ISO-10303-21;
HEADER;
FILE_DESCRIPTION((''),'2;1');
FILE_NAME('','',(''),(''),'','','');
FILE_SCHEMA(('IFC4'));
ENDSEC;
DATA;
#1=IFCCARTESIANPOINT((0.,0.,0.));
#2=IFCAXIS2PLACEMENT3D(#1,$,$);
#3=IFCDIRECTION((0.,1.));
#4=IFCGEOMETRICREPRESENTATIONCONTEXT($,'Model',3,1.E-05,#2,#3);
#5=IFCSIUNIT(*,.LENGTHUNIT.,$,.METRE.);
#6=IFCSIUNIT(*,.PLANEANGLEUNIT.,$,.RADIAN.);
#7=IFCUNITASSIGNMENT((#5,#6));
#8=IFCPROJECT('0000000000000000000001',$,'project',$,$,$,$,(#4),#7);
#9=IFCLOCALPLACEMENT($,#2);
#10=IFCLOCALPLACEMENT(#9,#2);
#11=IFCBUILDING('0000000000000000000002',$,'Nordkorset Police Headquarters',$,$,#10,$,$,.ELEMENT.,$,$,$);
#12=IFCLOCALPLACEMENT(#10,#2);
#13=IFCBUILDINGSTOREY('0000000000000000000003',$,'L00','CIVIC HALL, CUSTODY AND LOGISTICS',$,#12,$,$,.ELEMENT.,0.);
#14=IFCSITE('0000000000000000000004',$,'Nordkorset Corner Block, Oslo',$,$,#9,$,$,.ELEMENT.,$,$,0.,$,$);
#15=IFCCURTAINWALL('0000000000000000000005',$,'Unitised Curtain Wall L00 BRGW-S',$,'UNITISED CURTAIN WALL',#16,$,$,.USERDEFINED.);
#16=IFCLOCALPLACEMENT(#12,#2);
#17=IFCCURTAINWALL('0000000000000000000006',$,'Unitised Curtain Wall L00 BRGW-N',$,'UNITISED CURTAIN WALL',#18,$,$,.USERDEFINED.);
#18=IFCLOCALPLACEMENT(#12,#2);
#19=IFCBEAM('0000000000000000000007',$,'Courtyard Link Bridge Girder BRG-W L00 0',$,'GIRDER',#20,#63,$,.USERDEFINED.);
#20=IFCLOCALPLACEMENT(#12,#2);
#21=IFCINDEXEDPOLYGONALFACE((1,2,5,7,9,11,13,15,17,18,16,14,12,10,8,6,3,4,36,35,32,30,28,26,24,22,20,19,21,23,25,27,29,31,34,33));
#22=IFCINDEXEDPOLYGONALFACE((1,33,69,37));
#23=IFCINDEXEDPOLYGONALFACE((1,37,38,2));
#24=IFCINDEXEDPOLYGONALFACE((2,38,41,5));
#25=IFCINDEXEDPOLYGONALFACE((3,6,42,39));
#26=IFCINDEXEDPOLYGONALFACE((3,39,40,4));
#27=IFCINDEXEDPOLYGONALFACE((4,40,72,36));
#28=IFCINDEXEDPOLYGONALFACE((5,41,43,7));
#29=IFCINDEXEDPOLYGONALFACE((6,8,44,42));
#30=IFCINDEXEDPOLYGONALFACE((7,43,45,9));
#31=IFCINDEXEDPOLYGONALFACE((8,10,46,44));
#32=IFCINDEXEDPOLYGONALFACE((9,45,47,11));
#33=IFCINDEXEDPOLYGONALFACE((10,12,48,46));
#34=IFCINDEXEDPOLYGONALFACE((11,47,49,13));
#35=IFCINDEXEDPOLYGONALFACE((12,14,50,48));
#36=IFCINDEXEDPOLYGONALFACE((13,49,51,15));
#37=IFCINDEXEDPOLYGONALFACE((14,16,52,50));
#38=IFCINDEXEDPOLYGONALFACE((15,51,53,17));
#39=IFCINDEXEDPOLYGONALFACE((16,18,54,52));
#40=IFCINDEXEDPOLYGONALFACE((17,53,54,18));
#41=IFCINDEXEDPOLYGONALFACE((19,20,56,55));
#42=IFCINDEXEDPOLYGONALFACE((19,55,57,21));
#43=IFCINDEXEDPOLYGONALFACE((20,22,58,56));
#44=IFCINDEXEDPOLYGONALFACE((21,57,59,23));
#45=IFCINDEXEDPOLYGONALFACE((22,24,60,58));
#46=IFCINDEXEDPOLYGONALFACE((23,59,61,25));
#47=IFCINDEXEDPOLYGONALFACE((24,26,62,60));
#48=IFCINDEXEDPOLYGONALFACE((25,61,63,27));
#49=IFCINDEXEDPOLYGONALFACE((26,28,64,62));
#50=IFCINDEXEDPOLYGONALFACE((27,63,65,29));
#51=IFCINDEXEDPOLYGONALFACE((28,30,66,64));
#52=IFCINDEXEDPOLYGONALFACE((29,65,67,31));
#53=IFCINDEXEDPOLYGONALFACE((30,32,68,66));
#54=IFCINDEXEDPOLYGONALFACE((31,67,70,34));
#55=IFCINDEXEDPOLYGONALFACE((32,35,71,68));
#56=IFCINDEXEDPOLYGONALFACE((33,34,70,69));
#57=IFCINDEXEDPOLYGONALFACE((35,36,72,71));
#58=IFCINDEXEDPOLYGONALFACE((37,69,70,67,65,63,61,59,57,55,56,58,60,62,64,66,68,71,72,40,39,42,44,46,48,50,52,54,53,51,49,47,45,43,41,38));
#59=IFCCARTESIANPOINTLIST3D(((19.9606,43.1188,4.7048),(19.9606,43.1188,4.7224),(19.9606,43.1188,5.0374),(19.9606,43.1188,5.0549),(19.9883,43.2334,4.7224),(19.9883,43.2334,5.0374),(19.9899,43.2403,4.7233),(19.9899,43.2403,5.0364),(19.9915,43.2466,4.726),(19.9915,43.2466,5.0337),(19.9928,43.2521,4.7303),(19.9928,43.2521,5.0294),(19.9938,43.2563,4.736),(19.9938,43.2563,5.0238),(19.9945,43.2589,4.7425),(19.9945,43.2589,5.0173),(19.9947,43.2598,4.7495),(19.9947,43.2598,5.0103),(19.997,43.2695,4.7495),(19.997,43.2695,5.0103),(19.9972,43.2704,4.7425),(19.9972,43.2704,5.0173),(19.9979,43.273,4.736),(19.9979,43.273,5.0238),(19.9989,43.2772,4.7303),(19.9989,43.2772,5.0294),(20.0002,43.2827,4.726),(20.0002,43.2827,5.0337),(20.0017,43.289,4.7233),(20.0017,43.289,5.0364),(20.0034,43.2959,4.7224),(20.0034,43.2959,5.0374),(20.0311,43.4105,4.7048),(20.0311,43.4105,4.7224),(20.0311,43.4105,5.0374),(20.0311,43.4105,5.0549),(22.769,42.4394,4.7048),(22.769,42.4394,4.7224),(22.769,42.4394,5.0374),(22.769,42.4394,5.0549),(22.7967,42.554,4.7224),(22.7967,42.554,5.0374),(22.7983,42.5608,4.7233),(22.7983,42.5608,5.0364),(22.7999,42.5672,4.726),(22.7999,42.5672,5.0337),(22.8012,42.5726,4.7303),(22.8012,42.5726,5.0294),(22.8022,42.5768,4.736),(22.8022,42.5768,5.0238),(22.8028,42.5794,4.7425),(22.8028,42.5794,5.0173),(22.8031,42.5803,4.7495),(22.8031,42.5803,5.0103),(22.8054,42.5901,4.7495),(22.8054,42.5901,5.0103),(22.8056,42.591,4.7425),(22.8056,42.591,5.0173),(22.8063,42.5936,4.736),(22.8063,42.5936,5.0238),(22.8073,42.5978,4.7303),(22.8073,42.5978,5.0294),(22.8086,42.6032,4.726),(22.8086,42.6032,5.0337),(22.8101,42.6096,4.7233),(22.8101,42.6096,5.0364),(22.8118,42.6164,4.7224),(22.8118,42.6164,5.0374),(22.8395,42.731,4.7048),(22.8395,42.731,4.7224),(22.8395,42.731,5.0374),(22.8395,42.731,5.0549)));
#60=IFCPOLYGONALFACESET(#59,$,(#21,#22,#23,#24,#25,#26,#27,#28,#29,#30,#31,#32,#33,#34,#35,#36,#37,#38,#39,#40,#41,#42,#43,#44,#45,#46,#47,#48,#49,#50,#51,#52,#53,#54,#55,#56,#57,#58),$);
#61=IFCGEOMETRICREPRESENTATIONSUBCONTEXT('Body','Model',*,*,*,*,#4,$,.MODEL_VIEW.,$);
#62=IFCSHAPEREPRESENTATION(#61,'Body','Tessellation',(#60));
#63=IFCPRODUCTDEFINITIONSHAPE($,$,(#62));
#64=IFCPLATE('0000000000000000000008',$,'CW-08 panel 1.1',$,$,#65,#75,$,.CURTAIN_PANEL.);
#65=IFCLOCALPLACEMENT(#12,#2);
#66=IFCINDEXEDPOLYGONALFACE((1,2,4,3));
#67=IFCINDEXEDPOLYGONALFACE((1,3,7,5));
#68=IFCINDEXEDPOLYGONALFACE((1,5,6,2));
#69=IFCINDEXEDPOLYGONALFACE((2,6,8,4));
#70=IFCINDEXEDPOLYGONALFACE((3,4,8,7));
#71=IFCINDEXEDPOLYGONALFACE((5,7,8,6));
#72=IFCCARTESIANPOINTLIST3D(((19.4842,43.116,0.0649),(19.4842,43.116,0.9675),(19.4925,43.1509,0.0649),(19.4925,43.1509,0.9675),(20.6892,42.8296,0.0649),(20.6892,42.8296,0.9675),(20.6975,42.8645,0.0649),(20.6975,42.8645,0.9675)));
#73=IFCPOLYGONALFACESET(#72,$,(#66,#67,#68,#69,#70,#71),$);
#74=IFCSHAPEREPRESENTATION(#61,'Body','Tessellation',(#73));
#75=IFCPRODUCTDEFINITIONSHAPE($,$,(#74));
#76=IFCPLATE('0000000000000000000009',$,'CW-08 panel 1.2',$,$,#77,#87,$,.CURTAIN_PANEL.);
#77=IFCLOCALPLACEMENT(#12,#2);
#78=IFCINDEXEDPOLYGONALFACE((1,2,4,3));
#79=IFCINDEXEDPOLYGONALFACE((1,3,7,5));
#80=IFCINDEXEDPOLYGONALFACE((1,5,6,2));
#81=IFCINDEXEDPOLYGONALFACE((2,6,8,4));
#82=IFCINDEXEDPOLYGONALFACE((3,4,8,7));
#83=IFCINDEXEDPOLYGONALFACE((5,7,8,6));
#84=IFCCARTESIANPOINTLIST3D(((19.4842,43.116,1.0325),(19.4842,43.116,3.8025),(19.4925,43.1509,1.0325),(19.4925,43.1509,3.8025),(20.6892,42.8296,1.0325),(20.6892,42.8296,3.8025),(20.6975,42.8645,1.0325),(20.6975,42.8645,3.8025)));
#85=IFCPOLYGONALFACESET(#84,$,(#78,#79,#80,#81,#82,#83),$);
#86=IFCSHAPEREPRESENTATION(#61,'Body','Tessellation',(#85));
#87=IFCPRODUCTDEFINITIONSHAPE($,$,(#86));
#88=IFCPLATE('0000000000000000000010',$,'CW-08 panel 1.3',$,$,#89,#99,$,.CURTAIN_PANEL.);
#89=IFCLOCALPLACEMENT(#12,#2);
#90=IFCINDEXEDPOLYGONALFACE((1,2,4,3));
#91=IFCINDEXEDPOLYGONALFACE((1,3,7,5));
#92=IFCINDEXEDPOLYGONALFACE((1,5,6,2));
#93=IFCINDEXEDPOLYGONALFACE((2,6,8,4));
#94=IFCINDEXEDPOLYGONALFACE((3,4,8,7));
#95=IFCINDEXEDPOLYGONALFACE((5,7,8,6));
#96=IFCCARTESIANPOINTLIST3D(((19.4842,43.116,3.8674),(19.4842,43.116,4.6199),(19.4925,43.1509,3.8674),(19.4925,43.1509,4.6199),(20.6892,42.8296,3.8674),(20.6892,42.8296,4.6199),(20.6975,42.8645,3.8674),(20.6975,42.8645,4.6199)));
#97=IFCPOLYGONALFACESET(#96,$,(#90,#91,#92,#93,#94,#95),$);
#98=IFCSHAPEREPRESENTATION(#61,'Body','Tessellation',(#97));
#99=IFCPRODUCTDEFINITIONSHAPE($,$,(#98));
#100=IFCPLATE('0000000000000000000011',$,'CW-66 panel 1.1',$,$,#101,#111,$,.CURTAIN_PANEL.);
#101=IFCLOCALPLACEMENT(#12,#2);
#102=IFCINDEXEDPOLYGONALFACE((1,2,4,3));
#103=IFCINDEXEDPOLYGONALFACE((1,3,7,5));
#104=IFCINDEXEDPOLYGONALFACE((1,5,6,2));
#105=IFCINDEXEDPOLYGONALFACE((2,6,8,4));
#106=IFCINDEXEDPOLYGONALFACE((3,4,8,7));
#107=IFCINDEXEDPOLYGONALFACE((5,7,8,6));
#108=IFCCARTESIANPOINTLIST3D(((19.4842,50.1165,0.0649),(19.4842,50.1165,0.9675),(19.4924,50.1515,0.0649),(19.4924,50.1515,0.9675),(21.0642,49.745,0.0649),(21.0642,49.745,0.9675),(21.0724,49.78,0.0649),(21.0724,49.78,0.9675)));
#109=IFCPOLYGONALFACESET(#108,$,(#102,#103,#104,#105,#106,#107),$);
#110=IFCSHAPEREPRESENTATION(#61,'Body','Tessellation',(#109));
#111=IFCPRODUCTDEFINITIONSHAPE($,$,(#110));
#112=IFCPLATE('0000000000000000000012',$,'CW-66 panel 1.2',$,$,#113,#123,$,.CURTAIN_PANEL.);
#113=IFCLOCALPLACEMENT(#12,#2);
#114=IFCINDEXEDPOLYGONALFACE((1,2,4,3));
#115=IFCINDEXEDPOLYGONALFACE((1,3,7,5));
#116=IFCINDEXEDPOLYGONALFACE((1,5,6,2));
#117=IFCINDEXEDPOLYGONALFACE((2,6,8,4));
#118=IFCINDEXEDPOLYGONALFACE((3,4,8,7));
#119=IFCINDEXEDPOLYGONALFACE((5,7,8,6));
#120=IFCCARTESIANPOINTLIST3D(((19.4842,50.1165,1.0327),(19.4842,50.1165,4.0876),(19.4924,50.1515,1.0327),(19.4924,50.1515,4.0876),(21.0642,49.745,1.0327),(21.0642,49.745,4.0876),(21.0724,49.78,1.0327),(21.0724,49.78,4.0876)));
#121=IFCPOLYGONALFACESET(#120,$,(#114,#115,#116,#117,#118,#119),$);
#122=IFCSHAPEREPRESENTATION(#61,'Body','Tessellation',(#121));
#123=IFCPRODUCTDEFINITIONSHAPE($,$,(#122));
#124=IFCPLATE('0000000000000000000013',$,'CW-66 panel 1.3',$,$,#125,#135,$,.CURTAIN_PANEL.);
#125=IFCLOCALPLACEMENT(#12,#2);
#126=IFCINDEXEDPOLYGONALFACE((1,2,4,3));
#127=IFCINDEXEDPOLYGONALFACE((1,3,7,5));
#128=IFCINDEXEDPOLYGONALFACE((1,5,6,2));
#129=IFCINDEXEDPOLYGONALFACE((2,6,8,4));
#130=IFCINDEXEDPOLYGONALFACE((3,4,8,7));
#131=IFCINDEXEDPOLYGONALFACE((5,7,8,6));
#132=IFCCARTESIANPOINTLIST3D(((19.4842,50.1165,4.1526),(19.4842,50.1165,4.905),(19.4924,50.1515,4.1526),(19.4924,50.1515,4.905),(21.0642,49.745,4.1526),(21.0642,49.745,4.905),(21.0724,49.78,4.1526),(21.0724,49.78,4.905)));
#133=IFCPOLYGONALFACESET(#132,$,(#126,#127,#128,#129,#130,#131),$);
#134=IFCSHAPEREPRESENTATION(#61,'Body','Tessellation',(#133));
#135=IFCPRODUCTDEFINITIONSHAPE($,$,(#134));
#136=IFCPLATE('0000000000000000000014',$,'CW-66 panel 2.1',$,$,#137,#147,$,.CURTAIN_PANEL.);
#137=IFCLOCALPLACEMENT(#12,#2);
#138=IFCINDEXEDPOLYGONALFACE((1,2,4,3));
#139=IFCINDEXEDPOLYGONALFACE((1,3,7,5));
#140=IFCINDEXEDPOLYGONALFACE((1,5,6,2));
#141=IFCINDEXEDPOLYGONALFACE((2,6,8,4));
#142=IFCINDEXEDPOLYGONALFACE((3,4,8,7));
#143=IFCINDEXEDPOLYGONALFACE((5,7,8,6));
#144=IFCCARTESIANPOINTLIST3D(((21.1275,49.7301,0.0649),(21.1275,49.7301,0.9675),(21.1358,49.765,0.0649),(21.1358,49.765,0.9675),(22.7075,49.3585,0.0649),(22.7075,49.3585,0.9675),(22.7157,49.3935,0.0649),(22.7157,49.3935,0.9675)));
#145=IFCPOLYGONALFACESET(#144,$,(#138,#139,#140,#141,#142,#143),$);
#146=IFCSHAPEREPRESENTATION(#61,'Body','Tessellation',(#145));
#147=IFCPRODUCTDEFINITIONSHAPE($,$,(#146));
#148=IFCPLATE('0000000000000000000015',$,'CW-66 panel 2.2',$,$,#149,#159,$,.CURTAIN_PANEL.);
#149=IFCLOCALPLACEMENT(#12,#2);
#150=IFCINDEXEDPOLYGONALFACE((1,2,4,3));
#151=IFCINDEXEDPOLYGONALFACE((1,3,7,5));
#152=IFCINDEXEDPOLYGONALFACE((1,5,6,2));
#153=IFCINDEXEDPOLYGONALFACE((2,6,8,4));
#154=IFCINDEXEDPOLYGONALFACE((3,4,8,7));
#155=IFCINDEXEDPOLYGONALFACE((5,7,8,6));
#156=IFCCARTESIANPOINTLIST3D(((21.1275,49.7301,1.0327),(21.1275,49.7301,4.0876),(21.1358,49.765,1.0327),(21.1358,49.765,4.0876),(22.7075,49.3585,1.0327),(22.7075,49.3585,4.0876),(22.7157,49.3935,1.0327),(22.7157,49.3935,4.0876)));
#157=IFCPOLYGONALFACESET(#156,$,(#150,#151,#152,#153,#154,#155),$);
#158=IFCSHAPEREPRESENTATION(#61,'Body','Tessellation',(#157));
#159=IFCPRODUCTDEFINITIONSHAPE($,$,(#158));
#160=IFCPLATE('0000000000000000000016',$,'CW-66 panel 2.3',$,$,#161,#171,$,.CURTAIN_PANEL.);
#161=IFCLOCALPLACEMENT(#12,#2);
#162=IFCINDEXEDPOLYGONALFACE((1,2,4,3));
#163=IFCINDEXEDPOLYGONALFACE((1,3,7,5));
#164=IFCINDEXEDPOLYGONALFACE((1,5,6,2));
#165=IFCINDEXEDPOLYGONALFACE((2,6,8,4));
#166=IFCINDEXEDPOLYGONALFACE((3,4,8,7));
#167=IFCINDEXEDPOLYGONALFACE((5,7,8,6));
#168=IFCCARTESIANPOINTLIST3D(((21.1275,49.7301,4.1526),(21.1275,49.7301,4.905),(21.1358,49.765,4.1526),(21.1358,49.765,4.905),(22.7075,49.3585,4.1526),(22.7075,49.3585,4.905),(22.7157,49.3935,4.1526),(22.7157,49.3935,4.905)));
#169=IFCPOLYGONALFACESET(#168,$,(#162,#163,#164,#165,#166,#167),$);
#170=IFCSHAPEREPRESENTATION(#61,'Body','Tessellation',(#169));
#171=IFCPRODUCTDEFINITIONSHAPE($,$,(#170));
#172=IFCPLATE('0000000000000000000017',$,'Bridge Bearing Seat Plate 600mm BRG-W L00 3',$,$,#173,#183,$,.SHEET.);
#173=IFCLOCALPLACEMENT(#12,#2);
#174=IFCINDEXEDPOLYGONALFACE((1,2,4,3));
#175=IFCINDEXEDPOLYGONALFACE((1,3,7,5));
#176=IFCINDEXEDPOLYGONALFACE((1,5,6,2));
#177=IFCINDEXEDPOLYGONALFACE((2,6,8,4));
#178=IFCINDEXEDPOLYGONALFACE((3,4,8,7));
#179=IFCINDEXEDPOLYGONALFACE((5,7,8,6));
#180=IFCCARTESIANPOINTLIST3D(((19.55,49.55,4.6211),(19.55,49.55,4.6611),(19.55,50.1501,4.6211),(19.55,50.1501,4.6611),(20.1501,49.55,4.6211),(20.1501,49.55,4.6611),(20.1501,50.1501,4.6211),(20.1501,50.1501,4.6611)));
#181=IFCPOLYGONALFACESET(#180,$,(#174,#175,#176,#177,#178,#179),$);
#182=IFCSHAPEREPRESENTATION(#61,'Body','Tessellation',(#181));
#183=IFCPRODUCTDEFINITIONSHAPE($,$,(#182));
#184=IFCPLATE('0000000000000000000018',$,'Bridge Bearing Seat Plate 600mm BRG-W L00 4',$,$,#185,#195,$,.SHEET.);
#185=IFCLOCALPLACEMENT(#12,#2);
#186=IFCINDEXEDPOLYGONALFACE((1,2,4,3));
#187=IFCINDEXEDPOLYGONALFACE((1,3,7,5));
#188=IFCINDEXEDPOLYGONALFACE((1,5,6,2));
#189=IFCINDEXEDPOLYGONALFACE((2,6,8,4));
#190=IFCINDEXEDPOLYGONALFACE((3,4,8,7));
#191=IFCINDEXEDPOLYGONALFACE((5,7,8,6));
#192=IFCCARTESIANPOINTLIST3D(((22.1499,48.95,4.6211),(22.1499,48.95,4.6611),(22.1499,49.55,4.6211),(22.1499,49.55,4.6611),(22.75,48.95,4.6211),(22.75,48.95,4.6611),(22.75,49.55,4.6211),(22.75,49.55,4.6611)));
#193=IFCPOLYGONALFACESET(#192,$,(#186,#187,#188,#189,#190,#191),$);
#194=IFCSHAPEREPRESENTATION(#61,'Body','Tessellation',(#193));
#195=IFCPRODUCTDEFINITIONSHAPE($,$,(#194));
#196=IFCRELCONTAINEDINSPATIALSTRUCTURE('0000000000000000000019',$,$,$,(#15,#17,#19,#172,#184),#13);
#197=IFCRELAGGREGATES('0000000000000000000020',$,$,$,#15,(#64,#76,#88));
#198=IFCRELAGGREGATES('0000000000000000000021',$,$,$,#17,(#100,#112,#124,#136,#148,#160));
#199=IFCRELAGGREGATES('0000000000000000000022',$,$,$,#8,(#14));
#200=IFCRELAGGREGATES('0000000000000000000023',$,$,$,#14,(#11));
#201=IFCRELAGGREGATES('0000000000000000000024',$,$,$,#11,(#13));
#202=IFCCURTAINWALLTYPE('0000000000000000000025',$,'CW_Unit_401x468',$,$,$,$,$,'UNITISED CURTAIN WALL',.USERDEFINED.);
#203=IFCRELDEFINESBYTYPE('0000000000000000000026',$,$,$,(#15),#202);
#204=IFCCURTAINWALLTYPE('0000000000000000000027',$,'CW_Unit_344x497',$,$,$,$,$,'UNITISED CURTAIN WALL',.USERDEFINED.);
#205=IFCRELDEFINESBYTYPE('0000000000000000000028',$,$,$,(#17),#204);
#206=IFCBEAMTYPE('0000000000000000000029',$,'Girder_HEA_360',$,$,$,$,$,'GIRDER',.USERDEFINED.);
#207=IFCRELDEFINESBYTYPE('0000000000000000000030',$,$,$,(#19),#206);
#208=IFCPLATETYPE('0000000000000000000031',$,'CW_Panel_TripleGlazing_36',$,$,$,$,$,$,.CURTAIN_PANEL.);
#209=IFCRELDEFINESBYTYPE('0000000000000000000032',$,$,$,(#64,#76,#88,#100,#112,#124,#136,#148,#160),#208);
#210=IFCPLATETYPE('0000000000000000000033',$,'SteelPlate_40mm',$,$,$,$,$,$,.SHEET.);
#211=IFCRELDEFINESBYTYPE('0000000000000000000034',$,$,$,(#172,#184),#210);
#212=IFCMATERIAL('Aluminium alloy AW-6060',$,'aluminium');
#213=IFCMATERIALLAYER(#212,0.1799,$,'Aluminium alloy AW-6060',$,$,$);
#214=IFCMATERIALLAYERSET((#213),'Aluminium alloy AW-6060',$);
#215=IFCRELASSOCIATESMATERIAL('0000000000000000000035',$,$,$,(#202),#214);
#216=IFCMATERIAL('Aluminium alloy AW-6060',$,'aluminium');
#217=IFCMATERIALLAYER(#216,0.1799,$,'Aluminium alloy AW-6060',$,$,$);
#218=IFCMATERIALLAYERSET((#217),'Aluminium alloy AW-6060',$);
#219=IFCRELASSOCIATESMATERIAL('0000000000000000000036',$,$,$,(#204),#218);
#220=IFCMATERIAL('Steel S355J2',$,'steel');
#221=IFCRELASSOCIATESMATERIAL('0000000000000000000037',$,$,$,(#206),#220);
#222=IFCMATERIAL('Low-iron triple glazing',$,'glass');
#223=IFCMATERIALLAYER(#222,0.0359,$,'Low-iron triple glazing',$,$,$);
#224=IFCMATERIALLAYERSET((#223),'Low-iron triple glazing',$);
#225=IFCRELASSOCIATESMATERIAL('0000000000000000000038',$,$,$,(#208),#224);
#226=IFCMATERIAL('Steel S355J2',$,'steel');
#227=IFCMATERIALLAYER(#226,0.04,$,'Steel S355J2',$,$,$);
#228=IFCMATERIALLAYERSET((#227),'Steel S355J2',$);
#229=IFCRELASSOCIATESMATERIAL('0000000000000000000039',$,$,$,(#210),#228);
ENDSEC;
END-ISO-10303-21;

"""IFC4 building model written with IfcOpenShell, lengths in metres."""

from ifc_helpers import new_model, si_unit, direction, frame, origin, origin_2d, place, context, subcontext, project, spatial, rectangle, i_section, extrude, material, layer, layer_set, material_profile, profile_set, type_object, element, aggregate, save


model = new_model("IFC4")

# Units and contexts
model_context = context("Model", 3, precision=1e-05, world=origin(), true_north=direction((0.0, 1.0)))
body_context = subcontext(model_context, "Body", "Model", "MODEL_VIEW")
ifc_project = project(units=[si_unit("LENGTHUNIT", "METRE"), si_unit("PLANEANGLEUNIT", "RADIAN")], contexts=[model_context])

# Site, building, storey
site_placement = place(None, origin())
site = spatial("IfcSite", under=ifc_project, at=site_placement, Name="Nordkorset Corner Block, Oslo", CompositionType="ELEMENT", RefElevation=0.0)
building_placement = place(site_placement, origin())
building = spatial("IfcBuilding", under=site, at=building_placement, Name="Nordkorset Police Headquarters", CompositionType="ELEMENT")
storey_placement = place(building_placement, origin())
storey = spatial("IfcBuildingStorey", under=building, at=storey_placement, Name="L00", Description="CIVIC HALL, CUSTODY AND LOGISTICS", CompositionType="ELEMENT", Elevation=0.0)

# Curtain wall
ifc_material_1 = material(Name="Aluminium alloy AW-6060", Category="aluminium")
ifc_layer_1 = layer(ifc_material_1, 0.1799, Name="Aluminium alloy AW-6060")
ifc_layer_set_1 = layer_set([ifc_layer_1], Name="Aluminium alloy AW-6060")
curtain_wall_type_1 = type_object("IfcCurtainWallType", Name="CW_Unit_401x468", ElementType="UNITISED CURTAIN WALL", PredefinedType="USERDEFINED", material=ifc_layer_set_1)
curtain_wall_1_placement = place(storey_placement, origin())
curtain_wall_1 = element("IfcCurtainWall", 1, at=curtain_wall_1_placement, inside=storey, type_object=curtain_wall_type_1, Name="Unitised Curtain Wall L00 BRGW-S", ObjectType="UNITISED CURTAIN WALL", PredefinedType="USERDEFINED")

# Curtain wall
ifc_material_2 = material(Name="Aluminium alloy AW-6060", Category="aluminium")
ifc_layer_2 = layer(ifc_material_2, 0.1799, Name="Aluminium alloy AW-6060")
ifc_layer_set_2 = layer_set([ifc_layer_2], Name="Aluminium alloy AW-6060")
curtain_wall_type_2 = type_object("IfcCurtainWallType", Name="CW_Unit_344x497", ElementType="UNITISED CURTAIN WALL", PredefinedType="USERDEFINED", material=ifc_layer_set_2)
curtain_wall_2_placement = place(storey_placement, origin())
curtain_wall_2 = element("IfcCurtainWall", 2, at=curtain_wall_2_placement, inside=storey, type_object=curtain_wall_type_2, Name="Unitised Curtain Wall L00 BRGW-N", ObjectType="UNITISED CURTAIN WALL", PredefinedType="USERDEFINED")

# Beam
ifc_material_3 = material(Name="Steel S355J2", Category="steel")
ifc_material_profile_1 = material_profile(ifc_material_3, i_section(OverallWidth=0.3, OverallDepth=0.3501, WebThickness=0.01, FlangeThickness=0.0176, FilletRadius=0.0271, at=origin_2d()), Name="HEA 360")
ifc_profile_set_1 = profile_set([ifc_material_profile_1], Name="Steel S355J2")
beam_type_1 = type_object("IfcBeamType", Name="Girder_HEA_360", ElementType="GIRDER", PredefinedType="USERDEFINED", material=ifc_profile_set_1)
beam_1_placement = place(storey_placement, frame((19.9958, 43.2646, 4.8799), z_axis=(0.971958, -0.235153, 0.0), x_axis=(0.235153, 0.971958, 0.0)))
element("IfcBeam", 3, at=beam_1_placement, inside=storey, type_object=beam_type_1, Name="Courtyard Link Bridge Girder BRG-W L00 0", ObjectType="GIRDER", PredefinedType="USERDEFINED", context=body_context, shape_type="SweptSolid", body=[
    extrude(i_section(OverallWidth=0.3, OverallDepth=0.3501, WebThickness=0.01, FlangeThickness=0.0176, FilletRadius=0.0271, at=origin_2d()), origin(), (0.0, 0.0, 1.0), 2.8894),
])

# Plates
ifc_material_4 = material(Name="Low-iron triple glazing", Category="glass")
ifc_layer_3 = layer(ifc_material_4, 0.0359, Name="Low-iron triple glazing")
ifc_layer_set_3 = layer_set([ifc_layer_3], Name="Low-iron triple glazing")
plate_type_1 = type_object("IfcPlateType", Name="CW_Panel_TripleGlazing_36", PredefinedType="CURTAIN_PANEL", material=ifc_layer_set_3)
plate_1_placement = place(storey_placement, frame((20.0908, 42.9902, 0.0649), z_axis=(0.0, 0.0, 1.0), x_axis=(0.972905, -0.231206, 0.0)))
plate_1 = element("IfcPlate", 4, at=plate_1_placement, type_object=plate_type_1, Name="CW-08 panel 1.1", PredefinedType="CURTAIN_PANEL", context=body_context, shape_type="SweptSolid", body=[
    extrude(rectangle(XDim=1.2385, YDim=0.0359, at=origin_2d()), origin(), (0.0, 0.0, 1.0), 0.9026),
])
plate_2_placement = place(storey_placement, frame((20.0908, 42.9902, 1.0325), z_axis=(0.0, 0.0, 1.0), x_axis=(0.972905, -0.231206, 0.0)))
plate_2 = element("IfcPlate", 5, at=plate_2_placement, type_object=plate_type_1, Name="CW-08 panel 1.2", PredefinedType="CURTAIN_PANEL", context=body_context, shape_type="SweptSolid", body=[
    extrude(rectangle(XDim=1.2385, YDim=0.0359, at=origin_2d()), origin(), (0.0, 0.0, 1.0), 2.77),
])
plate_3_placement = place(storey_placement, frame((20.0908, 42.9902, 3.8674), z_axis=(0.0, 0.0, 1.0), x_axis=(0.972905, -0.231206, 0.0)))
plate_3 = element("IfcPlate", 6, at=plate_3_placement, type_object=plate_type_1, Name="CW-08 panel 1.3", PredefinedType="CURTAIN_PANEL", context=body_context, shape_type="SweptSolid", body=[
    extrude(rectangle(XDim=1.2385, YDim=0.0359, at=origin_2d()), origin(), (0.0, 0.0, 1.0), 0.7524),
])
aggregate(curtain_wall_1, [plate_1, plate_2, plate_3])
plate_4_placement = place(storey_placement, frame((20.2783, 49.9482, 0.0649), z_axis=(0.0, 0.0, 1.0), x_axis=(0.973452, -0.228893, 0.0)))
plate_4 = element("IfcPlate", 7, at=plate_4_placement, type_object=plate_type_1, Name="CW-66 panel 1.1", PredefinedType="CURTAIN_PANEL", context=body_context, shape_type="SweptSolid", body=[
    extrude(rectangle(XDim=1.623, YDim=0.0359, at=origin_2d()), origin(), (0.0, 0.0, 1.0), 0.9026),
])
plate_5_placement = place(storey_placement, frame((20.2783, 49.9482, 1.0327), z_axis=(0.0, 0.0, 1.0), x_axis=(0.973452, -0.228893, 0.0)))
plate_5 = element("IfcPlate", 8, at=plate_5_placement, type_object=plate_type_1, Name="CW-66 panel 1.2", PredefinedType="CURTAIN_PANEL", context=body_context, shape_type="SweptSolid", body=[
    extrude(rectangle(XDim=1.623, YDim=0.0359, at=origin_2d()), origin(), (0.0, 0.0, 1.0), 3.0549),
])
plate_6_placement = place(storey_placement, frame((20.2783, 49.9482, 4.1526), z_axis=(0.0, 0.0, 1.0), x_axis=(0.973452, -0.228893, 0.0)))
plate_6 = element("IfcPlate", 9, at=plate_6_placement, type_object=plate_type_1, Name="CW-66 panel 1.3", PredefinedType="CURTAIN_PANEL", context=body_context, shape_type="SweptSolid", body=[
    extrude(rectangle(XDim=1.623, YDim=0.0359, at=origin_2d()), origin(), (0.0, 0.0, 1.0), 0.7524),
])
plate_7_placement = place(storey_placement, frame((21.9216, 49.5618, 0.0649), z_axis=(0.0, 0.0, 1.0), x_axis=(0.973452, -0.228893, 0.0)))
plate_7 = element("IfcPlate", 10, at=plate_7_placement, type_object=plate_type_1, Name="CW-66 panel 2.1", PredefinedType="CURTAIN_PANEL", context=body_context, shape_type="SweptSolid", body=[
    extrude(rectangle(XDim=1.623, YDim=0.0359, at=origin_2d()), origin(), (0.0, 0.0, 1.0), 0.9026),
])
plate_8_placement = place(storey_placement, frame((21.9216, 49.5618, 1.0327), z_axis=(0.0, 0.0, 1.0), x_axis=(0.973452, -0.228893, 0.0)))
plate_8 = element("IfcPlate", 11, at=plate_8_placement, type_object=plate_type_1, Name="CW-66 panel 2.2", PredefinedType="CURTAIN_PANEL", context=body_context, shape_type="SweptSolid", body=[
    extrude(rectangle(XDim=1.623, YDim=0.0359, at=origin_2d()), origin(), (0.0, 0.0, 1.0), 3.0549),
])
plate_9_placement = place(storey_placement, frame((21.9216, 49.5618, 4.1526), z_axis=(0.0, 0.0, 1.0), x_axis=(0.973452, -0.228893, 0.0)))
plate_9 = element("IfcPlate", 12, at=plate_9_placement, type_object=plate_type_1, Name="CW-66 panel 2.3", PredefinedType="CURTAIN_PANEL", context=body_context, shape_type="SweptSolid", body=[
    extrude(rectangle(XDim=1.623, YDim=0.0359, at=origin_2d()), origin(), (0.0, 0.0, 1.0), 0.7524),
])
aggregate(curtain_wall_2, [plate_4, plate_5, plate_6, plate_7, plate_8, plate_9])

# Plates
ifc_material_5 = material(Name="Steel S355J2", Category="steel")
ifc_layer_4 = layer(ifc_material_5, 0.04, Name="Steel S355J2")
ifc_layer_set_4 = layer_set([ifc_layer_4], Name="Steel S355J2")
plate_type_2 = type_object("IfcPlateType", Name="SteelPlate_40mm", PredefinedType="SHEET", material=ifc_layer_set_4)
for number, where, z_axis, x_axis, name in (
    (13, (19.8501, 49.8501, 4.6211), (0.0, 0.0, 1.0), (1.0, 0.0, 0.0), "Bridge Bearing Seat Plate 600mm BRG-W L00 3"),
    (14, (22.45, 49.25, 4.6211), (0.0, 0.0, 1.0), (1.0, 0.0, 0.0), "Bridge Bearing Seat Plate 600mm BRG-W L00 4"),
):
    element("IfcPlate", number, at=place(storey_placement, frame(where, z_axis=z_axis, x_axis=x_axis)), inside=storey, type_object=plate_type_2, Name=name, PredefinedType="SHEET", context=body_context, shape_type="SweptSolid", body=[
        extrude(rectangle(XDim=0.6001, YDim=0.6001, at=origin_2d()), origin(), (0.0, 0.0, 1.0), 0.04),
    ])

save(model, "model.ifc")
